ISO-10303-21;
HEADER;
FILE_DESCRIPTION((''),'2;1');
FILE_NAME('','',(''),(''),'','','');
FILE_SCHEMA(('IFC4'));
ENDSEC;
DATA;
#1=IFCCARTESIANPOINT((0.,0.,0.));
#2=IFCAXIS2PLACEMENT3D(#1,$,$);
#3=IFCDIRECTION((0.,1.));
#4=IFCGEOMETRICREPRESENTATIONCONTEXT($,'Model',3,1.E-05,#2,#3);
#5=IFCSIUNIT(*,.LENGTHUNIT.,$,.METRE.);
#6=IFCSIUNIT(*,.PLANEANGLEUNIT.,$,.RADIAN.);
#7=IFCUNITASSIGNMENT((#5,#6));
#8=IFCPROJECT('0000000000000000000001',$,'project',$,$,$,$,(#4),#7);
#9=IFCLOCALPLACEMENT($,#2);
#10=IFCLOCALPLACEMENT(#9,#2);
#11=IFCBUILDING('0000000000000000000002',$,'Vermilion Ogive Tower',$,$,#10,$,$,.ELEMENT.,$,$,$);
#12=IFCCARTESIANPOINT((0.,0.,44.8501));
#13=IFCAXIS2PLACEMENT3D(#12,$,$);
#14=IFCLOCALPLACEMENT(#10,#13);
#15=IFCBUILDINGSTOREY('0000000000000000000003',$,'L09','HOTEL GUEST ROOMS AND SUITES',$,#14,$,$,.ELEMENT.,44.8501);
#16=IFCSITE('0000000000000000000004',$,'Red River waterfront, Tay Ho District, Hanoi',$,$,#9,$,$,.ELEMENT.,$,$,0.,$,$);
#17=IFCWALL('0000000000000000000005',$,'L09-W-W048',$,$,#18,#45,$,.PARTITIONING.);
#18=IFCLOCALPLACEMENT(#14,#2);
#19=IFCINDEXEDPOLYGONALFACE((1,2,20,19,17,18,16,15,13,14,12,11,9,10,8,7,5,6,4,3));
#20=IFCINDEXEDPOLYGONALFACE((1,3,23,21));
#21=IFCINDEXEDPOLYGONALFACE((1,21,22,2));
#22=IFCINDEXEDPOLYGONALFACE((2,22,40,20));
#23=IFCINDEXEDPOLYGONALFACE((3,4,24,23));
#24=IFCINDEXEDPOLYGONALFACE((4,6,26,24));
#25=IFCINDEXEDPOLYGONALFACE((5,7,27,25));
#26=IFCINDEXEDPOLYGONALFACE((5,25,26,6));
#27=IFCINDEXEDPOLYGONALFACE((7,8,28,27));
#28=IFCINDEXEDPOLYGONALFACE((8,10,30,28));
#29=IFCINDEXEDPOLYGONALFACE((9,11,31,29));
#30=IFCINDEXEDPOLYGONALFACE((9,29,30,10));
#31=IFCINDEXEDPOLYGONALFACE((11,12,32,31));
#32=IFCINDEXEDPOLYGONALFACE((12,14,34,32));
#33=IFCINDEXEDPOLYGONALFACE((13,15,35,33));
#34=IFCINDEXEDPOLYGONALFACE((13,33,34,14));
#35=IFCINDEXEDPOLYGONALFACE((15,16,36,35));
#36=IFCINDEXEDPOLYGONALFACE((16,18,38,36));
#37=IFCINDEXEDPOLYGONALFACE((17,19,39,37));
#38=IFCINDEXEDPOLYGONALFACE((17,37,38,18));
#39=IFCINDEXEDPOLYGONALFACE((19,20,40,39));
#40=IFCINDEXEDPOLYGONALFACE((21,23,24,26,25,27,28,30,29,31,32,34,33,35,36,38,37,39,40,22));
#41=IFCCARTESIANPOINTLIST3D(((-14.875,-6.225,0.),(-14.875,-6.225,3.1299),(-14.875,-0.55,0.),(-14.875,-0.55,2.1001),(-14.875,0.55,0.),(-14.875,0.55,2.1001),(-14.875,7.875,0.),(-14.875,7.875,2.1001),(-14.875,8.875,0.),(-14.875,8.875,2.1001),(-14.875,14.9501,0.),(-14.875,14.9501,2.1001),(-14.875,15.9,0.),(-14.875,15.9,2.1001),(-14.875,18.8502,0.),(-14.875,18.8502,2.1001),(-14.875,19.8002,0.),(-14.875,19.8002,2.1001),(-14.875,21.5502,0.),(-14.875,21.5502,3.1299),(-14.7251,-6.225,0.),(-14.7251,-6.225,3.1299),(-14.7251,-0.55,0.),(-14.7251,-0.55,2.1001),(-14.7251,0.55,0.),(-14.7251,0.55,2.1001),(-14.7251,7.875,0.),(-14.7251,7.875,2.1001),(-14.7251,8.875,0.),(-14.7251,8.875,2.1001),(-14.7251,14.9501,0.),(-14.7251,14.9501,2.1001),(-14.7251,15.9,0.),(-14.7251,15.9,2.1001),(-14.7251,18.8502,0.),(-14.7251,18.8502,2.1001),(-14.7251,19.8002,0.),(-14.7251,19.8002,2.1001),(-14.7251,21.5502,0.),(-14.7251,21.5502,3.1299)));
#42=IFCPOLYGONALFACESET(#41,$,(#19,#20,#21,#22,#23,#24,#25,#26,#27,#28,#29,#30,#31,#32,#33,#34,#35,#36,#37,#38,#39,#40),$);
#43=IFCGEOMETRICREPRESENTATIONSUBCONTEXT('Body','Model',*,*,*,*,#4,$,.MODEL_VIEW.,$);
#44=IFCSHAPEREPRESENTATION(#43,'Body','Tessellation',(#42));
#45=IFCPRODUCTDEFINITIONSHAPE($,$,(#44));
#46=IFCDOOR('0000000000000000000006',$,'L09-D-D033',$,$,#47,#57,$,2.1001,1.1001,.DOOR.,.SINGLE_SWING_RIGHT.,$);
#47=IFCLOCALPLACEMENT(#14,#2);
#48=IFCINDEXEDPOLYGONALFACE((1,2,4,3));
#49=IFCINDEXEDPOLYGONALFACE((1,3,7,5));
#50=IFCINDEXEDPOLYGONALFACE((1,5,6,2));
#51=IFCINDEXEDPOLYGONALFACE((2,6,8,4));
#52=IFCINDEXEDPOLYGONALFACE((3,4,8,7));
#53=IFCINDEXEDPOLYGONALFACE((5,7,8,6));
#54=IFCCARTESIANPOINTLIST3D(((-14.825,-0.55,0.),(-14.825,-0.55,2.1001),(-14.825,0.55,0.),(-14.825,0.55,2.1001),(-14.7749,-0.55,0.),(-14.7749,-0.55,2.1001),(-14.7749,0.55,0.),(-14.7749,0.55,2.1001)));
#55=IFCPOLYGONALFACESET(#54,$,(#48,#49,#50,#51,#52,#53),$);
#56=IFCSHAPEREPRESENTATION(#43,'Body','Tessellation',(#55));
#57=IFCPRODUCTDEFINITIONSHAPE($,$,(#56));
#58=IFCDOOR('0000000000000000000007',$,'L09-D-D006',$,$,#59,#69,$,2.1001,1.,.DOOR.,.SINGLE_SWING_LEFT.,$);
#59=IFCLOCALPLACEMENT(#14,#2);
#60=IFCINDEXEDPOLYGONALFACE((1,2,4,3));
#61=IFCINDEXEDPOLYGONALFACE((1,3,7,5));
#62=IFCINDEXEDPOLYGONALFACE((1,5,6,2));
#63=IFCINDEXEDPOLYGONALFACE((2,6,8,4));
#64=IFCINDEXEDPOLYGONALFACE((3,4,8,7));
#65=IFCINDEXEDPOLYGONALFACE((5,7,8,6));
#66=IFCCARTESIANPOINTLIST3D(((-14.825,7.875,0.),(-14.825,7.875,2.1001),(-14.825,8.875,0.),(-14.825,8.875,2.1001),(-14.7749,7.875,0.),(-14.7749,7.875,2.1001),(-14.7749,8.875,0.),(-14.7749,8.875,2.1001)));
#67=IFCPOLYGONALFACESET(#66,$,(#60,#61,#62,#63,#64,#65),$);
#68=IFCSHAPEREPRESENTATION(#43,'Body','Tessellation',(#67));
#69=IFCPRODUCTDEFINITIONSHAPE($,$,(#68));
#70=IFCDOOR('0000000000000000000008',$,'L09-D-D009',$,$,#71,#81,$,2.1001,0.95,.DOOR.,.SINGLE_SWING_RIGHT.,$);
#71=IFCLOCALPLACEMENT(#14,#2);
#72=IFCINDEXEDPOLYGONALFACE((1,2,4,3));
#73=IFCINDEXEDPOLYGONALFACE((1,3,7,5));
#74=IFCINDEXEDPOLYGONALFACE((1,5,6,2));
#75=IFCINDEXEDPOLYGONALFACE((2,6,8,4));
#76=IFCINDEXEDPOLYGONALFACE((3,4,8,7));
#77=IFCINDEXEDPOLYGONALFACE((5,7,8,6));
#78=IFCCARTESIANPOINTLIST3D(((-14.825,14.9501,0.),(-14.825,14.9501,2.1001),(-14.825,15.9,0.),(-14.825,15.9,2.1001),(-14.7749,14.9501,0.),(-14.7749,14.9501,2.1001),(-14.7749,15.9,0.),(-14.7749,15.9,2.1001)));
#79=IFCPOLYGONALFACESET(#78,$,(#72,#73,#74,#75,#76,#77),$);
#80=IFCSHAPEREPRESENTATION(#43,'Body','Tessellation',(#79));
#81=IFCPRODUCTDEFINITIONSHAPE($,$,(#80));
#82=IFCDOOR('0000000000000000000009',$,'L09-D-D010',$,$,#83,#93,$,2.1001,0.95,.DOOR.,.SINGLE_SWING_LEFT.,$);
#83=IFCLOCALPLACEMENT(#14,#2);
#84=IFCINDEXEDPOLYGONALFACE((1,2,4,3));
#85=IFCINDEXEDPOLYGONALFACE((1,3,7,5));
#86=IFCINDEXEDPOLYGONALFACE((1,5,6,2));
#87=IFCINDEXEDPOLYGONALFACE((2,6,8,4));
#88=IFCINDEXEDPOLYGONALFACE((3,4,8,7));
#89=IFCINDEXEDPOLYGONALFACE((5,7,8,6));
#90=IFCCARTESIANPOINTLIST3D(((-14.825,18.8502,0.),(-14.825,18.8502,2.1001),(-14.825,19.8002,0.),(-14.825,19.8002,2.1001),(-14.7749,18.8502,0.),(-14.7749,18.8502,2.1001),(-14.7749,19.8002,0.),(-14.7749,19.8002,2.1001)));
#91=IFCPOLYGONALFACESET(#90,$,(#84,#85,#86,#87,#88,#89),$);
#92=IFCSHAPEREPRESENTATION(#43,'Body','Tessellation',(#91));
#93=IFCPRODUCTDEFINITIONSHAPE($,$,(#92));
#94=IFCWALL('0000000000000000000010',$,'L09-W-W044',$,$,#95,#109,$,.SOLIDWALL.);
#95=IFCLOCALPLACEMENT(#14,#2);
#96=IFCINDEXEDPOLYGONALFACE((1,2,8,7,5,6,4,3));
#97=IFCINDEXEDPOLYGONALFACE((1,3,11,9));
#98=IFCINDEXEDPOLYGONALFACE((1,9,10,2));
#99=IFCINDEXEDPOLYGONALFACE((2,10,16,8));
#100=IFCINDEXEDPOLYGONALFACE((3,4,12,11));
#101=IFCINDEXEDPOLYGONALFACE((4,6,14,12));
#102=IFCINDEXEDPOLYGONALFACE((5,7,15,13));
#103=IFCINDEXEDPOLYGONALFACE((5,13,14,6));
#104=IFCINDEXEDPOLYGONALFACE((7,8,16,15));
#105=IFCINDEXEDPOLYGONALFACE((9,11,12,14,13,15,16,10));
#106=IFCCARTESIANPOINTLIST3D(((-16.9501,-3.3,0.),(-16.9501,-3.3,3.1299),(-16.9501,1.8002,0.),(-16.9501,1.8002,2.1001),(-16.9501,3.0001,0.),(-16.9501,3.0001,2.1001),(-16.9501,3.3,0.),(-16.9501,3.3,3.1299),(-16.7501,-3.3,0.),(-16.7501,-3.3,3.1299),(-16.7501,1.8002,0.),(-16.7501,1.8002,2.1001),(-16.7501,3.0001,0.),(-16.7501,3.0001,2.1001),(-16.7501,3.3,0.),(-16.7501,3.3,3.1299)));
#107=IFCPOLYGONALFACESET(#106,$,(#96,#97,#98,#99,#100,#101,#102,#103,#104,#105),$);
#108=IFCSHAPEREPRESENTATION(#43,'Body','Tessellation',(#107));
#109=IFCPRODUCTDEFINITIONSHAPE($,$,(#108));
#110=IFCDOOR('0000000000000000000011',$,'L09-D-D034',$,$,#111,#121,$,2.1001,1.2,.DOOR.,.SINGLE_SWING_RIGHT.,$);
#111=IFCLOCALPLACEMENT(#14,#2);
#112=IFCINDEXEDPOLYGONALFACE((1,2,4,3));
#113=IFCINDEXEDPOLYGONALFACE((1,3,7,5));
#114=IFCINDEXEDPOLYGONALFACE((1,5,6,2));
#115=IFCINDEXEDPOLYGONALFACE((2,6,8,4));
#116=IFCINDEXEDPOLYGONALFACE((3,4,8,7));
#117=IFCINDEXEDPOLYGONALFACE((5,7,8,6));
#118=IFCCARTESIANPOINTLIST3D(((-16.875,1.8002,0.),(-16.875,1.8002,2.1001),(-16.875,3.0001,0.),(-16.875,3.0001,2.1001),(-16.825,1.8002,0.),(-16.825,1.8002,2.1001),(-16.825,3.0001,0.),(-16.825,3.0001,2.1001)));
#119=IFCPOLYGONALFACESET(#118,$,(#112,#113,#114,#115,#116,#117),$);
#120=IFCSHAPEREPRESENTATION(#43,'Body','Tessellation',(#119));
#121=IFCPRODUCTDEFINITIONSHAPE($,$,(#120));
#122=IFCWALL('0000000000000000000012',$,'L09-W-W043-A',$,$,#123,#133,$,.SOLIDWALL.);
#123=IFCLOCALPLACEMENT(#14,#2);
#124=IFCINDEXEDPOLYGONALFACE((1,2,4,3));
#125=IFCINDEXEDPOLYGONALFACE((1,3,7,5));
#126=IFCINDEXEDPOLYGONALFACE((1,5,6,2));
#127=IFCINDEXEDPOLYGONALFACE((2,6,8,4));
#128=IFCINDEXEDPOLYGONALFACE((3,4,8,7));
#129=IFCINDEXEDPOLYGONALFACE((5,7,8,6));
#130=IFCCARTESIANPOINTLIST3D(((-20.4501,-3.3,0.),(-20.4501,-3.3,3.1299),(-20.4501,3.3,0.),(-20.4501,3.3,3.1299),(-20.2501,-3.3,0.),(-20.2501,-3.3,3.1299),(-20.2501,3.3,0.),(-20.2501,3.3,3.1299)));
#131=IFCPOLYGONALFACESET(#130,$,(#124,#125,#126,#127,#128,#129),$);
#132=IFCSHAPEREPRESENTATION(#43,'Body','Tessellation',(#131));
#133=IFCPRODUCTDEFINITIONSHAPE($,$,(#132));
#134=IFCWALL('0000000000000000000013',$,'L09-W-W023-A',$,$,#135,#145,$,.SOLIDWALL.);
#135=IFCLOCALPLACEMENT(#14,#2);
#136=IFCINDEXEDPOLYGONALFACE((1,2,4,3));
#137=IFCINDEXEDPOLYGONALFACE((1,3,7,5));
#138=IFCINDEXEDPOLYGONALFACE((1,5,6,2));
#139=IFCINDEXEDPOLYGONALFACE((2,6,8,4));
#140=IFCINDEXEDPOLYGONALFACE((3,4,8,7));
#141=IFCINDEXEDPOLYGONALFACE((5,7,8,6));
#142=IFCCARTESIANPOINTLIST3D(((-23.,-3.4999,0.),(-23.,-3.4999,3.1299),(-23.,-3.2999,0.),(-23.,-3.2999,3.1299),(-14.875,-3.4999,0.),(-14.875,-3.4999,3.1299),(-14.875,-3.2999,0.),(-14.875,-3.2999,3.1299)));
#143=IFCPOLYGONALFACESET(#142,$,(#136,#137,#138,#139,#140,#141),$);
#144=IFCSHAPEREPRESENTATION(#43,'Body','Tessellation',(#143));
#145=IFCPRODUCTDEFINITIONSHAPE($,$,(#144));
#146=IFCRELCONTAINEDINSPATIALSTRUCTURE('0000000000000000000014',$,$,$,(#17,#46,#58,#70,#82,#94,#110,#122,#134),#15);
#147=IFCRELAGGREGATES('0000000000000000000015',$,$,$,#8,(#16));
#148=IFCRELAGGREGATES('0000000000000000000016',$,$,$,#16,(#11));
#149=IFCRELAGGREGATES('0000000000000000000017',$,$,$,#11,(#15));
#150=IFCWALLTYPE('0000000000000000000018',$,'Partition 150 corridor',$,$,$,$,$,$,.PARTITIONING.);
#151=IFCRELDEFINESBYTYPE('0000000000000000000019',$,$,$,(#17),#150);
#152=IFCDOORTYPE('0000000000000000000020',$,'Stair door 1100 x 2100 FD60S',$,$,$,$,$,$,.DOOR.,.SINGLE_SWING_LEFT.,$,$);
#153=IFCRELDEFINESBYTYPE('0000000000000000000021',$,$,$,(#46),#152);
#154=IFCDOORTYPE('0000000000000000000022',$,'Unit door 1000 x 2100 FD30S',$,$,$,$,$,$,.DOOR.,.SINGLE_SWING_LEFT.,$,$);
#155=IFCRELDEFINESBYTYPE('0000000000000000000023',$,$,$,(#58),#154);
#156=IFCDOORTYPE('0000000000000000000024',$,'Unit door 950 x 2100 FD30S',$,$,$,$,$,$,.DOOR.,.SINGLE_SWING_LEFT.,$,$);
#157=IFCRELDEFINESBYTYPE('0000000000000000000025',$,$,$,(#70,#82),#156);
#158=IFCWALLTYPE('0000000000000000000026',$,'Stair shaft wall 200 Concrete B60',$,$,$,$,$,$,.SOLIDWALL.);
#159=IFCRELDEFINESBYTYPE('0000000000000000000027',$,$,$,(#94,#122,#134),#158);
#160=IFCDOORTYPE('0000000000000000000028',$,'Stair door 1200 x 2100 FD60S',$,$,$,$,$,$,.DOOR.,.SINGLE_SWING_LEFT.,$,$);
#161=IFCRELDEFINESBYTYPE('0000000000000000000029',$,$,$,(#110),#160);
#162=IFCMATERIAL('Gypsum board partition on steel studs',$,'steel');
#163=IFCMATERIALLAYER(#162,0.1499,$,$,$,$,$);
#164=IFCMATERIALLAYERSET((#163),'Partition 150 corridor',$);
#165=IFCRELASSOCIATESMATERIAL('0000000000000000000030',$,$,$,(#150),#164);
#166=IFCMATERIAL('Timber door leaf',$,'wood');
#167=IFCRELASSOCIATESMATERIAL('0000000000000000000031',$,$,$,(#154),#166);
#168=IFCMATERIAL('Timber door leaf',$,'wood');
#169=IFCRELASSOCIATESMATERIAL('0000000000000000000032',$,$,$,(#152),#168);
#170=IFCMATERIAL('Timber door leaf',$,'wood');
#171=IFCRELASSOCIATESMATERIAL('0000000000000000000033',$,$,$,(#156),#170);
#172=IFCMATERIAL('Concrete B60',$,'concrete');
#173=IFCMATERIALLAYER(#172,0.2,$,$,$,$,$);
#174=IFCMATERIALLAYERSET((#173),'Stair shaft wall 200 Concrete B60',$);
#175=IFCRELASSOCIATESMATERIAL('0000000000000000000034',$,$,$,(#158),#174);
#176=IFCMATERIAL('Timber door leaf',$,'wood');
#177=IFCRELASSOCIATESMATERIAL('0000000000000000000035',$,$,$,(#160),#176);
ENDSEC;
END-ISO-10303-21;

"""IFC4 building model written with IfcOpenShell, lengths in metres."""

from ifc_helpers import new_model, si_unit, direction, frame, frame_2d, origin, place, context, subcontext, project, spatial, rectangle, extrude, material, layer, layer_set, type_object, element, fill, save


model = new_model("IFC4")

# Units and contexts
model_context = context("Model", 3, precision=1e-05, world=origin(), true_north=direction((0.0, 1.0)))
body_context = subcontext(model_context, "Body", "Model", "MODEL_VIEW")
ifc_project = project(units=[si_unit("LENGTHUNIT", "METRE"), si_unit("PLANEANGLEUNIT", "RADIAN")], contexts=[model_context])

# Site, building, storey
site_placement = place(None, origin())
site = spatial("IfcSite", under=ifc_project, at=site_placement, Name="Red River waterfront, Tay Ho District, Hanoi", CompositionType="ELEMENT", RefElevation=0.0)
building_placement = place(site_placement, origin())
building = spatial("IfcBuilding", under=site, at=building_placement, Name="Vermilion Ogive Tower", CompositionType="ELEMENT")
storey_placement = place(building_placement, frame((0.0, 0.0, 44.8501)))
storey = spatial("IfcBuildingStorey", under=building, at=storey_placement, Name="L09", Description="HOTEL GUEST ROOMS AND SUITES", CompositionType="ELEMENT", Elevation=44.8501)

# Shared definitions
ifc_material_1 = material(Name="Gypsum board partition on steel studs", Category="steel")
ifc_layer_1 = layer(ifc_material_1, 0.1499)
ifc_layer_set_1 = layer_set([ifc_layer_1], Name="Partition 150 corridor")
wall_type_1 = type_object("IfcWallType", Name="Partition 150 corridor", PredefinedType="PARTITIONING", material=ifc_layer_set_1)
ifc_material_2 = material(Name="Timber door leaf", Category="wood")
door_type_1 = type_object("IfcDoorType", Name="Unit door 1000 x 2100 FD30S", OperationType="SINGLE_SWING_LEFT", PredefinedType="DOOR", material=ifc_material_2)

# Wall, openings, doors
wall_1_placement = place(storey_placement, frame((-14.8, -6.2251, 0.0), z_axis=(0.0, 0.0, 1.0), x_axis=(0.0, 1.0, 0.0)))
wall_1 = element("IfcWall", 1, at=wall_1_placement, inside=storey, type_object=wall_type_1, Name="L09-W-W048", PredefinedType="PARTITIONING", context=body_context, shape_type="SweptSolid", body=[
    extrude(rectangle(XDim=27.7751, YDim=0.1499, at=frame_2d((13.8877, 0.0))), origin(), (0.0, 0.0, 1.0), 3.1299),
])
opening_1_placement = place(wall_1_placement, frame((14.1001, 0.0, 0.0)))
opening_1 = element("IfcOpeningElement", 2, at=opening_1_placement, cuts=wall_1, PredefinedType="OPENING", context=body_context, shape_type="SweptSolid", body=[
    extrude(rectangle(XDim=1.0, YDim=2.1001, at=frame_2d((0.5, 1.05))), frame((0.0, 0.085, 0.0), z_axis=(0.0, -1.0, 0.0), x_axis=(1.0, 0.0, 0.0)), (0.0, 0.0, 1.0), 0.1699),
])
opening_2_placement = place(wall_1_placement, frame((21.175, 0.0, 0.0)))
opening_2 = element("IfcOpeningElement", 3, at=opening_2_placement, cuts=wall_1, PredefinedType="OPENING", context=body_context, shape_type="SweptSolid", body=[
    extrude(rectangle(XDim=0.95, YDim=2.1001, at=frame_2d((0.4751, 1.05))), frame((0.0, 0.085, 0.0), z_axis=(0.0, -1.0, 0.0), x_axis=(1.0, 0.0, 0.0)), (0.0, 0.0, 1.0), 0.1699),
])
opening_3_placement = place(wall_1_placement, frame((25.0752, 0.0, 0.0)))
opening_3 = element("IfcOpeningElement", 4, at=opening_3_placement, cuts=wall_1, PredefinedType="OPENING", context=body_context, shape_type="SweptSolid", body=[
    extrude(rectangle(XDim=0.95, YDim=2.1001, at=frame_2d((0.4751, 1.05))), frame((0.0, 0.085, 0.0), z_axis=(0.0, -1.0, 0.0), x_axis=(1.0, 0.0, 0.0)), (0.0, 0.0, 1.0), 0.1699),
])
opening_4_placement = place(wall_1_placement, frame((5.675, 0.0, 0.0)))
opening_4 = element("IfcOpeningElement", 5, at=opening_4_placement, cuts=wall_1, PredefinedType="OPENING", context=body_context, shape_type="SweptSolid", body=[
    extrude(rectangle(XDim=1.1001, YDim=2.1001, at=frame_2d((0.55, 1.05))), frame((0.0, 0.085, 0.0), z_axis=(0.0, -1.0, 0.0), x_axis=(1.0, 0.0, 0.0)), (0.0, 0.0, 1.0), 0.1699),
])
ifc_material_3 = material(Name="Timber door leaf", Category="wood")
door_type_2 = type_object("IfcDoorType", Name="Stair door 1100 x 2100 FD60S", OperationType="SINGLE_SWING_LEFT", PredefinedType="DOOR", material=ifc_material_3)
door_1_placement = place(opening_4_placement, origin())
door_1 = element("IfcDoor", 6, at=door_1_placement, inside=storey, type_object=door_type_2, Name="L09-D-D033", OperationType="SINGLE_SWING_RIGHT", OverallHeight=2.1001, OverallWidth=1.1001, PredefinedType="DOOR", context=body_context, shape_type="SweptSolid", body=[
    extrude(rectangle(XDim=1.1001, YDim=2.1001, at=frame_2d((0.55, 1.05))), frame((0.0, 0.0249, 0.0), z_axis=(0.0, -1.0, 0.0), x_axis=(1.0, 0.0, 0.0)), (0.0, 0.0, 1.0), 0.05),
])
fill(opening_4, door_1)
door_2_placement = place(opening_1_placement, origin())
door_2 = element("IfcDoor", 7, at=door_2_placement, inside=storey, type_object=door_type_1, Name="L09-D-D006", OperationType="SINGLE_SWING_LEFT", OverallHeight=2.1001, OverallWidth=1.0, PredefinedType="DOOR", context=body_context, shape_type="SweptSolid", body=[
    extrude(rectangle(XDim=1.0, YDim=2.1001, at=frame_2d((0.5, 1.05))), frame((0.0, 0.0249, 0.0), z_axis=(0.0, -1.0, 0.0), x_axis=(1.0, 0.0, 0.0)), (0.0, 0.0, 1.0), 0.05),
])
fill(opening_1, door_2)
ifc_material_4 = material(Name="Timber door leaf", Category="wood")
door_type_3 = type_object("IfcDoorType", Name="Unit door 950 x 2100 FD30S", OperationType="SINGLE_SWING_LEFT", PredefinedType="DOOR", material=ifc_material_4)
door_3_placement = place(opening_2_placement, origin())
door_3 = element("IfcDoor", 8, at=door_3_placement, inside=storey, type_object=door_type_3, Name="L09-D-D009", OperationType="SINGLE_SWING_RIGHT", OverallHeight=2.1001, OverallWidth=0.95, PredefinedType="DOOR", context=body_context, shape_type="SweptSolid", body=[
    extrude(rectangle(XDim=0.95, YDim=2.1001, at=frame_2d((0.4751, 1.05))), frame((0.0, 0.0249, 0.0), z_axis=(0.0, -1.0, 0.0), x_axis=(1.0, 0.0, 0.0)), (0.0, 0.0, 1.0), 0.05),
])
fill(opening_2, door_3)
door_4_placement = place(opening_3_placement, origin())
door_4 = element("IfcDoor", 9, at=door_4_placement, inside=storey, type_object=door_type_3, Name="L09-D-D010", OperationType="SINGLE_SWING_LEFT", OverallHeight=2.1001, OverallWidth=0.95, PredefinedType="DOOR", context=body_context, shape_type="SweptSolid", body=[
    extrude(rectangle(XDim=0.95, YDim=2.1001, at=frame_2d((0.4751, 1.05))), frame((0.0, 0.0249, 0.0), z_axis=(0.0, -1.0, 0.0), x_axis=(1.0, 0.0, 0.0)), (0.0, 0.0, 1.0), 0.05),
])
fill(opening_3, door_4)

# Wall, opening, door
ifc_material_5 = material(Name="Concrete B60", Category="concrete")
ifc_layer_2 = layer(ifc_material_5, 0.2)
ifc_layer_set_2 = layer_set([ifc_layer_2], Name="Stair shaft wall 200 Concrete B60")
wall_type_2 = type_object("IfcWallType", Name="Stair shaft wall 200 Concrete B60", PredefinedType="SOLIDWALL", material=ifc_layer_set_2)
wall_2_placement = place(storey_placement, frame((-16.8501, -3.3, 0.0), z_axis=(0.0, 0.0, 1.0), x_axis=(0.0, 1.0, 0.0)))
wall_2 = element("IfcWall", 10, at=wall_2_placement, inside=storey, type_object=wall_type_2, Name="L09-W-W044", PredefinedType="SOLIDWALL", context=body_context, shape_type="SweptSolid", body=[
    extrude(rectangle(XDim=6.6001, YDim=0.2, at=frame_2d((3.3, 0.0))), origin(), (0.0, 0.0, 1.0), 3.1299),
])
opening_5_placement = place(wall_2_placement, frame((5.1001, 0.0, 0.0)))
opening_5 = element("IfcOpeningElement", 11, at=opening_5_placement, cuts=wall_2, PredefinedType="OPENING", context=body_context, shape_type="SweptSolid", body=[
    extrude(rectangle(XDim=1.2, YDim=2.1001, at=frame_2d((0.6001, 1.05))), frame((0.0, 0.1099, 0.0), z_axis=(0.0, -1.0, 0.0), x_axis=(1.0, 0.0, 0.0)), (0.0, 0.0, 1.0), 0.22),
])
ifc_material_6 = material(Name="Timber door leaf", Category="wood")
door_type_4 = type_object("IfcDoorType", Name="Stair door 1200 x 2100 FD60S", OperationType="SINGLE_SWING_LEFT", PredefinedType="DOOR", material=ifc_material_6)
door_5_placement = place(opening_5_placement, origin())
door_5 = element("IfcDoor", 12, at=door_5_placement, inside=storey, type_object=door_type_4, Name="L09-D-D034", OperationType="SINGLE_SWING_RIGHT", OverallHeight=2.1001, OverallWidth=1.2, PredefinedType="DOOR", context=body_context, shape_type="SweptSolid", body=[
    extrude(rectangle(XDim=1.2, YDim=2.1001, at=frame_2d((0.6001, 1.05))), frame((0.0, 0.0249, 0.0), z_axis=(0.0, -1.0, 0.0), x_axis=(1.0, 0.0, 0.0)), (0.0, 0.0, 1.0), 0.05),
])
fill(opening_5, door_5)

# Walls
wall_3_placement = place(storey_placement, frame((-20.3501, -3.3, 0.0), z_axis=(0.0, 0.0, 1.0), x_axis=(0.0, 1.0, 0.0)))
element("IfcWall", 13, at=wall_3_placement, inside=storey, type_object=wall_type_2, Name="L09-W-W043-A", PredefinedType="SOLIDWALL", context=body_context, shape_type="SweptSolid", body=[
    extrude(rectangle(XDim=6.6001, YDim=0.2, at=frame_2d((3.3, 0.0))), origin(), (0.0, 0.0, 1.0), 3.1299),
])
wall_4_placement = place(storey_placement, frame((-23.0, -3.3999, 0.0), z_axis=(0.0, 0.0, 1.0), x_axis=(1.0, 0.0, 0.0)))
element("IfcWall", 14, at=wall_4_placement, inside=storey, type_object=wall_type_2, Name="L09-W-W023-A", PredefinedType="SOLIDWALL", context=body_context, shape_type="SweptSolid", body=[
    extrude(rectangle(XDim=8.125, YDim=0.2, at=frame_2d((4.0625, 0.0))), origin(), (0.0, 0.0, 1.0), 3.1299),
])

save(model, "model.ifc")
